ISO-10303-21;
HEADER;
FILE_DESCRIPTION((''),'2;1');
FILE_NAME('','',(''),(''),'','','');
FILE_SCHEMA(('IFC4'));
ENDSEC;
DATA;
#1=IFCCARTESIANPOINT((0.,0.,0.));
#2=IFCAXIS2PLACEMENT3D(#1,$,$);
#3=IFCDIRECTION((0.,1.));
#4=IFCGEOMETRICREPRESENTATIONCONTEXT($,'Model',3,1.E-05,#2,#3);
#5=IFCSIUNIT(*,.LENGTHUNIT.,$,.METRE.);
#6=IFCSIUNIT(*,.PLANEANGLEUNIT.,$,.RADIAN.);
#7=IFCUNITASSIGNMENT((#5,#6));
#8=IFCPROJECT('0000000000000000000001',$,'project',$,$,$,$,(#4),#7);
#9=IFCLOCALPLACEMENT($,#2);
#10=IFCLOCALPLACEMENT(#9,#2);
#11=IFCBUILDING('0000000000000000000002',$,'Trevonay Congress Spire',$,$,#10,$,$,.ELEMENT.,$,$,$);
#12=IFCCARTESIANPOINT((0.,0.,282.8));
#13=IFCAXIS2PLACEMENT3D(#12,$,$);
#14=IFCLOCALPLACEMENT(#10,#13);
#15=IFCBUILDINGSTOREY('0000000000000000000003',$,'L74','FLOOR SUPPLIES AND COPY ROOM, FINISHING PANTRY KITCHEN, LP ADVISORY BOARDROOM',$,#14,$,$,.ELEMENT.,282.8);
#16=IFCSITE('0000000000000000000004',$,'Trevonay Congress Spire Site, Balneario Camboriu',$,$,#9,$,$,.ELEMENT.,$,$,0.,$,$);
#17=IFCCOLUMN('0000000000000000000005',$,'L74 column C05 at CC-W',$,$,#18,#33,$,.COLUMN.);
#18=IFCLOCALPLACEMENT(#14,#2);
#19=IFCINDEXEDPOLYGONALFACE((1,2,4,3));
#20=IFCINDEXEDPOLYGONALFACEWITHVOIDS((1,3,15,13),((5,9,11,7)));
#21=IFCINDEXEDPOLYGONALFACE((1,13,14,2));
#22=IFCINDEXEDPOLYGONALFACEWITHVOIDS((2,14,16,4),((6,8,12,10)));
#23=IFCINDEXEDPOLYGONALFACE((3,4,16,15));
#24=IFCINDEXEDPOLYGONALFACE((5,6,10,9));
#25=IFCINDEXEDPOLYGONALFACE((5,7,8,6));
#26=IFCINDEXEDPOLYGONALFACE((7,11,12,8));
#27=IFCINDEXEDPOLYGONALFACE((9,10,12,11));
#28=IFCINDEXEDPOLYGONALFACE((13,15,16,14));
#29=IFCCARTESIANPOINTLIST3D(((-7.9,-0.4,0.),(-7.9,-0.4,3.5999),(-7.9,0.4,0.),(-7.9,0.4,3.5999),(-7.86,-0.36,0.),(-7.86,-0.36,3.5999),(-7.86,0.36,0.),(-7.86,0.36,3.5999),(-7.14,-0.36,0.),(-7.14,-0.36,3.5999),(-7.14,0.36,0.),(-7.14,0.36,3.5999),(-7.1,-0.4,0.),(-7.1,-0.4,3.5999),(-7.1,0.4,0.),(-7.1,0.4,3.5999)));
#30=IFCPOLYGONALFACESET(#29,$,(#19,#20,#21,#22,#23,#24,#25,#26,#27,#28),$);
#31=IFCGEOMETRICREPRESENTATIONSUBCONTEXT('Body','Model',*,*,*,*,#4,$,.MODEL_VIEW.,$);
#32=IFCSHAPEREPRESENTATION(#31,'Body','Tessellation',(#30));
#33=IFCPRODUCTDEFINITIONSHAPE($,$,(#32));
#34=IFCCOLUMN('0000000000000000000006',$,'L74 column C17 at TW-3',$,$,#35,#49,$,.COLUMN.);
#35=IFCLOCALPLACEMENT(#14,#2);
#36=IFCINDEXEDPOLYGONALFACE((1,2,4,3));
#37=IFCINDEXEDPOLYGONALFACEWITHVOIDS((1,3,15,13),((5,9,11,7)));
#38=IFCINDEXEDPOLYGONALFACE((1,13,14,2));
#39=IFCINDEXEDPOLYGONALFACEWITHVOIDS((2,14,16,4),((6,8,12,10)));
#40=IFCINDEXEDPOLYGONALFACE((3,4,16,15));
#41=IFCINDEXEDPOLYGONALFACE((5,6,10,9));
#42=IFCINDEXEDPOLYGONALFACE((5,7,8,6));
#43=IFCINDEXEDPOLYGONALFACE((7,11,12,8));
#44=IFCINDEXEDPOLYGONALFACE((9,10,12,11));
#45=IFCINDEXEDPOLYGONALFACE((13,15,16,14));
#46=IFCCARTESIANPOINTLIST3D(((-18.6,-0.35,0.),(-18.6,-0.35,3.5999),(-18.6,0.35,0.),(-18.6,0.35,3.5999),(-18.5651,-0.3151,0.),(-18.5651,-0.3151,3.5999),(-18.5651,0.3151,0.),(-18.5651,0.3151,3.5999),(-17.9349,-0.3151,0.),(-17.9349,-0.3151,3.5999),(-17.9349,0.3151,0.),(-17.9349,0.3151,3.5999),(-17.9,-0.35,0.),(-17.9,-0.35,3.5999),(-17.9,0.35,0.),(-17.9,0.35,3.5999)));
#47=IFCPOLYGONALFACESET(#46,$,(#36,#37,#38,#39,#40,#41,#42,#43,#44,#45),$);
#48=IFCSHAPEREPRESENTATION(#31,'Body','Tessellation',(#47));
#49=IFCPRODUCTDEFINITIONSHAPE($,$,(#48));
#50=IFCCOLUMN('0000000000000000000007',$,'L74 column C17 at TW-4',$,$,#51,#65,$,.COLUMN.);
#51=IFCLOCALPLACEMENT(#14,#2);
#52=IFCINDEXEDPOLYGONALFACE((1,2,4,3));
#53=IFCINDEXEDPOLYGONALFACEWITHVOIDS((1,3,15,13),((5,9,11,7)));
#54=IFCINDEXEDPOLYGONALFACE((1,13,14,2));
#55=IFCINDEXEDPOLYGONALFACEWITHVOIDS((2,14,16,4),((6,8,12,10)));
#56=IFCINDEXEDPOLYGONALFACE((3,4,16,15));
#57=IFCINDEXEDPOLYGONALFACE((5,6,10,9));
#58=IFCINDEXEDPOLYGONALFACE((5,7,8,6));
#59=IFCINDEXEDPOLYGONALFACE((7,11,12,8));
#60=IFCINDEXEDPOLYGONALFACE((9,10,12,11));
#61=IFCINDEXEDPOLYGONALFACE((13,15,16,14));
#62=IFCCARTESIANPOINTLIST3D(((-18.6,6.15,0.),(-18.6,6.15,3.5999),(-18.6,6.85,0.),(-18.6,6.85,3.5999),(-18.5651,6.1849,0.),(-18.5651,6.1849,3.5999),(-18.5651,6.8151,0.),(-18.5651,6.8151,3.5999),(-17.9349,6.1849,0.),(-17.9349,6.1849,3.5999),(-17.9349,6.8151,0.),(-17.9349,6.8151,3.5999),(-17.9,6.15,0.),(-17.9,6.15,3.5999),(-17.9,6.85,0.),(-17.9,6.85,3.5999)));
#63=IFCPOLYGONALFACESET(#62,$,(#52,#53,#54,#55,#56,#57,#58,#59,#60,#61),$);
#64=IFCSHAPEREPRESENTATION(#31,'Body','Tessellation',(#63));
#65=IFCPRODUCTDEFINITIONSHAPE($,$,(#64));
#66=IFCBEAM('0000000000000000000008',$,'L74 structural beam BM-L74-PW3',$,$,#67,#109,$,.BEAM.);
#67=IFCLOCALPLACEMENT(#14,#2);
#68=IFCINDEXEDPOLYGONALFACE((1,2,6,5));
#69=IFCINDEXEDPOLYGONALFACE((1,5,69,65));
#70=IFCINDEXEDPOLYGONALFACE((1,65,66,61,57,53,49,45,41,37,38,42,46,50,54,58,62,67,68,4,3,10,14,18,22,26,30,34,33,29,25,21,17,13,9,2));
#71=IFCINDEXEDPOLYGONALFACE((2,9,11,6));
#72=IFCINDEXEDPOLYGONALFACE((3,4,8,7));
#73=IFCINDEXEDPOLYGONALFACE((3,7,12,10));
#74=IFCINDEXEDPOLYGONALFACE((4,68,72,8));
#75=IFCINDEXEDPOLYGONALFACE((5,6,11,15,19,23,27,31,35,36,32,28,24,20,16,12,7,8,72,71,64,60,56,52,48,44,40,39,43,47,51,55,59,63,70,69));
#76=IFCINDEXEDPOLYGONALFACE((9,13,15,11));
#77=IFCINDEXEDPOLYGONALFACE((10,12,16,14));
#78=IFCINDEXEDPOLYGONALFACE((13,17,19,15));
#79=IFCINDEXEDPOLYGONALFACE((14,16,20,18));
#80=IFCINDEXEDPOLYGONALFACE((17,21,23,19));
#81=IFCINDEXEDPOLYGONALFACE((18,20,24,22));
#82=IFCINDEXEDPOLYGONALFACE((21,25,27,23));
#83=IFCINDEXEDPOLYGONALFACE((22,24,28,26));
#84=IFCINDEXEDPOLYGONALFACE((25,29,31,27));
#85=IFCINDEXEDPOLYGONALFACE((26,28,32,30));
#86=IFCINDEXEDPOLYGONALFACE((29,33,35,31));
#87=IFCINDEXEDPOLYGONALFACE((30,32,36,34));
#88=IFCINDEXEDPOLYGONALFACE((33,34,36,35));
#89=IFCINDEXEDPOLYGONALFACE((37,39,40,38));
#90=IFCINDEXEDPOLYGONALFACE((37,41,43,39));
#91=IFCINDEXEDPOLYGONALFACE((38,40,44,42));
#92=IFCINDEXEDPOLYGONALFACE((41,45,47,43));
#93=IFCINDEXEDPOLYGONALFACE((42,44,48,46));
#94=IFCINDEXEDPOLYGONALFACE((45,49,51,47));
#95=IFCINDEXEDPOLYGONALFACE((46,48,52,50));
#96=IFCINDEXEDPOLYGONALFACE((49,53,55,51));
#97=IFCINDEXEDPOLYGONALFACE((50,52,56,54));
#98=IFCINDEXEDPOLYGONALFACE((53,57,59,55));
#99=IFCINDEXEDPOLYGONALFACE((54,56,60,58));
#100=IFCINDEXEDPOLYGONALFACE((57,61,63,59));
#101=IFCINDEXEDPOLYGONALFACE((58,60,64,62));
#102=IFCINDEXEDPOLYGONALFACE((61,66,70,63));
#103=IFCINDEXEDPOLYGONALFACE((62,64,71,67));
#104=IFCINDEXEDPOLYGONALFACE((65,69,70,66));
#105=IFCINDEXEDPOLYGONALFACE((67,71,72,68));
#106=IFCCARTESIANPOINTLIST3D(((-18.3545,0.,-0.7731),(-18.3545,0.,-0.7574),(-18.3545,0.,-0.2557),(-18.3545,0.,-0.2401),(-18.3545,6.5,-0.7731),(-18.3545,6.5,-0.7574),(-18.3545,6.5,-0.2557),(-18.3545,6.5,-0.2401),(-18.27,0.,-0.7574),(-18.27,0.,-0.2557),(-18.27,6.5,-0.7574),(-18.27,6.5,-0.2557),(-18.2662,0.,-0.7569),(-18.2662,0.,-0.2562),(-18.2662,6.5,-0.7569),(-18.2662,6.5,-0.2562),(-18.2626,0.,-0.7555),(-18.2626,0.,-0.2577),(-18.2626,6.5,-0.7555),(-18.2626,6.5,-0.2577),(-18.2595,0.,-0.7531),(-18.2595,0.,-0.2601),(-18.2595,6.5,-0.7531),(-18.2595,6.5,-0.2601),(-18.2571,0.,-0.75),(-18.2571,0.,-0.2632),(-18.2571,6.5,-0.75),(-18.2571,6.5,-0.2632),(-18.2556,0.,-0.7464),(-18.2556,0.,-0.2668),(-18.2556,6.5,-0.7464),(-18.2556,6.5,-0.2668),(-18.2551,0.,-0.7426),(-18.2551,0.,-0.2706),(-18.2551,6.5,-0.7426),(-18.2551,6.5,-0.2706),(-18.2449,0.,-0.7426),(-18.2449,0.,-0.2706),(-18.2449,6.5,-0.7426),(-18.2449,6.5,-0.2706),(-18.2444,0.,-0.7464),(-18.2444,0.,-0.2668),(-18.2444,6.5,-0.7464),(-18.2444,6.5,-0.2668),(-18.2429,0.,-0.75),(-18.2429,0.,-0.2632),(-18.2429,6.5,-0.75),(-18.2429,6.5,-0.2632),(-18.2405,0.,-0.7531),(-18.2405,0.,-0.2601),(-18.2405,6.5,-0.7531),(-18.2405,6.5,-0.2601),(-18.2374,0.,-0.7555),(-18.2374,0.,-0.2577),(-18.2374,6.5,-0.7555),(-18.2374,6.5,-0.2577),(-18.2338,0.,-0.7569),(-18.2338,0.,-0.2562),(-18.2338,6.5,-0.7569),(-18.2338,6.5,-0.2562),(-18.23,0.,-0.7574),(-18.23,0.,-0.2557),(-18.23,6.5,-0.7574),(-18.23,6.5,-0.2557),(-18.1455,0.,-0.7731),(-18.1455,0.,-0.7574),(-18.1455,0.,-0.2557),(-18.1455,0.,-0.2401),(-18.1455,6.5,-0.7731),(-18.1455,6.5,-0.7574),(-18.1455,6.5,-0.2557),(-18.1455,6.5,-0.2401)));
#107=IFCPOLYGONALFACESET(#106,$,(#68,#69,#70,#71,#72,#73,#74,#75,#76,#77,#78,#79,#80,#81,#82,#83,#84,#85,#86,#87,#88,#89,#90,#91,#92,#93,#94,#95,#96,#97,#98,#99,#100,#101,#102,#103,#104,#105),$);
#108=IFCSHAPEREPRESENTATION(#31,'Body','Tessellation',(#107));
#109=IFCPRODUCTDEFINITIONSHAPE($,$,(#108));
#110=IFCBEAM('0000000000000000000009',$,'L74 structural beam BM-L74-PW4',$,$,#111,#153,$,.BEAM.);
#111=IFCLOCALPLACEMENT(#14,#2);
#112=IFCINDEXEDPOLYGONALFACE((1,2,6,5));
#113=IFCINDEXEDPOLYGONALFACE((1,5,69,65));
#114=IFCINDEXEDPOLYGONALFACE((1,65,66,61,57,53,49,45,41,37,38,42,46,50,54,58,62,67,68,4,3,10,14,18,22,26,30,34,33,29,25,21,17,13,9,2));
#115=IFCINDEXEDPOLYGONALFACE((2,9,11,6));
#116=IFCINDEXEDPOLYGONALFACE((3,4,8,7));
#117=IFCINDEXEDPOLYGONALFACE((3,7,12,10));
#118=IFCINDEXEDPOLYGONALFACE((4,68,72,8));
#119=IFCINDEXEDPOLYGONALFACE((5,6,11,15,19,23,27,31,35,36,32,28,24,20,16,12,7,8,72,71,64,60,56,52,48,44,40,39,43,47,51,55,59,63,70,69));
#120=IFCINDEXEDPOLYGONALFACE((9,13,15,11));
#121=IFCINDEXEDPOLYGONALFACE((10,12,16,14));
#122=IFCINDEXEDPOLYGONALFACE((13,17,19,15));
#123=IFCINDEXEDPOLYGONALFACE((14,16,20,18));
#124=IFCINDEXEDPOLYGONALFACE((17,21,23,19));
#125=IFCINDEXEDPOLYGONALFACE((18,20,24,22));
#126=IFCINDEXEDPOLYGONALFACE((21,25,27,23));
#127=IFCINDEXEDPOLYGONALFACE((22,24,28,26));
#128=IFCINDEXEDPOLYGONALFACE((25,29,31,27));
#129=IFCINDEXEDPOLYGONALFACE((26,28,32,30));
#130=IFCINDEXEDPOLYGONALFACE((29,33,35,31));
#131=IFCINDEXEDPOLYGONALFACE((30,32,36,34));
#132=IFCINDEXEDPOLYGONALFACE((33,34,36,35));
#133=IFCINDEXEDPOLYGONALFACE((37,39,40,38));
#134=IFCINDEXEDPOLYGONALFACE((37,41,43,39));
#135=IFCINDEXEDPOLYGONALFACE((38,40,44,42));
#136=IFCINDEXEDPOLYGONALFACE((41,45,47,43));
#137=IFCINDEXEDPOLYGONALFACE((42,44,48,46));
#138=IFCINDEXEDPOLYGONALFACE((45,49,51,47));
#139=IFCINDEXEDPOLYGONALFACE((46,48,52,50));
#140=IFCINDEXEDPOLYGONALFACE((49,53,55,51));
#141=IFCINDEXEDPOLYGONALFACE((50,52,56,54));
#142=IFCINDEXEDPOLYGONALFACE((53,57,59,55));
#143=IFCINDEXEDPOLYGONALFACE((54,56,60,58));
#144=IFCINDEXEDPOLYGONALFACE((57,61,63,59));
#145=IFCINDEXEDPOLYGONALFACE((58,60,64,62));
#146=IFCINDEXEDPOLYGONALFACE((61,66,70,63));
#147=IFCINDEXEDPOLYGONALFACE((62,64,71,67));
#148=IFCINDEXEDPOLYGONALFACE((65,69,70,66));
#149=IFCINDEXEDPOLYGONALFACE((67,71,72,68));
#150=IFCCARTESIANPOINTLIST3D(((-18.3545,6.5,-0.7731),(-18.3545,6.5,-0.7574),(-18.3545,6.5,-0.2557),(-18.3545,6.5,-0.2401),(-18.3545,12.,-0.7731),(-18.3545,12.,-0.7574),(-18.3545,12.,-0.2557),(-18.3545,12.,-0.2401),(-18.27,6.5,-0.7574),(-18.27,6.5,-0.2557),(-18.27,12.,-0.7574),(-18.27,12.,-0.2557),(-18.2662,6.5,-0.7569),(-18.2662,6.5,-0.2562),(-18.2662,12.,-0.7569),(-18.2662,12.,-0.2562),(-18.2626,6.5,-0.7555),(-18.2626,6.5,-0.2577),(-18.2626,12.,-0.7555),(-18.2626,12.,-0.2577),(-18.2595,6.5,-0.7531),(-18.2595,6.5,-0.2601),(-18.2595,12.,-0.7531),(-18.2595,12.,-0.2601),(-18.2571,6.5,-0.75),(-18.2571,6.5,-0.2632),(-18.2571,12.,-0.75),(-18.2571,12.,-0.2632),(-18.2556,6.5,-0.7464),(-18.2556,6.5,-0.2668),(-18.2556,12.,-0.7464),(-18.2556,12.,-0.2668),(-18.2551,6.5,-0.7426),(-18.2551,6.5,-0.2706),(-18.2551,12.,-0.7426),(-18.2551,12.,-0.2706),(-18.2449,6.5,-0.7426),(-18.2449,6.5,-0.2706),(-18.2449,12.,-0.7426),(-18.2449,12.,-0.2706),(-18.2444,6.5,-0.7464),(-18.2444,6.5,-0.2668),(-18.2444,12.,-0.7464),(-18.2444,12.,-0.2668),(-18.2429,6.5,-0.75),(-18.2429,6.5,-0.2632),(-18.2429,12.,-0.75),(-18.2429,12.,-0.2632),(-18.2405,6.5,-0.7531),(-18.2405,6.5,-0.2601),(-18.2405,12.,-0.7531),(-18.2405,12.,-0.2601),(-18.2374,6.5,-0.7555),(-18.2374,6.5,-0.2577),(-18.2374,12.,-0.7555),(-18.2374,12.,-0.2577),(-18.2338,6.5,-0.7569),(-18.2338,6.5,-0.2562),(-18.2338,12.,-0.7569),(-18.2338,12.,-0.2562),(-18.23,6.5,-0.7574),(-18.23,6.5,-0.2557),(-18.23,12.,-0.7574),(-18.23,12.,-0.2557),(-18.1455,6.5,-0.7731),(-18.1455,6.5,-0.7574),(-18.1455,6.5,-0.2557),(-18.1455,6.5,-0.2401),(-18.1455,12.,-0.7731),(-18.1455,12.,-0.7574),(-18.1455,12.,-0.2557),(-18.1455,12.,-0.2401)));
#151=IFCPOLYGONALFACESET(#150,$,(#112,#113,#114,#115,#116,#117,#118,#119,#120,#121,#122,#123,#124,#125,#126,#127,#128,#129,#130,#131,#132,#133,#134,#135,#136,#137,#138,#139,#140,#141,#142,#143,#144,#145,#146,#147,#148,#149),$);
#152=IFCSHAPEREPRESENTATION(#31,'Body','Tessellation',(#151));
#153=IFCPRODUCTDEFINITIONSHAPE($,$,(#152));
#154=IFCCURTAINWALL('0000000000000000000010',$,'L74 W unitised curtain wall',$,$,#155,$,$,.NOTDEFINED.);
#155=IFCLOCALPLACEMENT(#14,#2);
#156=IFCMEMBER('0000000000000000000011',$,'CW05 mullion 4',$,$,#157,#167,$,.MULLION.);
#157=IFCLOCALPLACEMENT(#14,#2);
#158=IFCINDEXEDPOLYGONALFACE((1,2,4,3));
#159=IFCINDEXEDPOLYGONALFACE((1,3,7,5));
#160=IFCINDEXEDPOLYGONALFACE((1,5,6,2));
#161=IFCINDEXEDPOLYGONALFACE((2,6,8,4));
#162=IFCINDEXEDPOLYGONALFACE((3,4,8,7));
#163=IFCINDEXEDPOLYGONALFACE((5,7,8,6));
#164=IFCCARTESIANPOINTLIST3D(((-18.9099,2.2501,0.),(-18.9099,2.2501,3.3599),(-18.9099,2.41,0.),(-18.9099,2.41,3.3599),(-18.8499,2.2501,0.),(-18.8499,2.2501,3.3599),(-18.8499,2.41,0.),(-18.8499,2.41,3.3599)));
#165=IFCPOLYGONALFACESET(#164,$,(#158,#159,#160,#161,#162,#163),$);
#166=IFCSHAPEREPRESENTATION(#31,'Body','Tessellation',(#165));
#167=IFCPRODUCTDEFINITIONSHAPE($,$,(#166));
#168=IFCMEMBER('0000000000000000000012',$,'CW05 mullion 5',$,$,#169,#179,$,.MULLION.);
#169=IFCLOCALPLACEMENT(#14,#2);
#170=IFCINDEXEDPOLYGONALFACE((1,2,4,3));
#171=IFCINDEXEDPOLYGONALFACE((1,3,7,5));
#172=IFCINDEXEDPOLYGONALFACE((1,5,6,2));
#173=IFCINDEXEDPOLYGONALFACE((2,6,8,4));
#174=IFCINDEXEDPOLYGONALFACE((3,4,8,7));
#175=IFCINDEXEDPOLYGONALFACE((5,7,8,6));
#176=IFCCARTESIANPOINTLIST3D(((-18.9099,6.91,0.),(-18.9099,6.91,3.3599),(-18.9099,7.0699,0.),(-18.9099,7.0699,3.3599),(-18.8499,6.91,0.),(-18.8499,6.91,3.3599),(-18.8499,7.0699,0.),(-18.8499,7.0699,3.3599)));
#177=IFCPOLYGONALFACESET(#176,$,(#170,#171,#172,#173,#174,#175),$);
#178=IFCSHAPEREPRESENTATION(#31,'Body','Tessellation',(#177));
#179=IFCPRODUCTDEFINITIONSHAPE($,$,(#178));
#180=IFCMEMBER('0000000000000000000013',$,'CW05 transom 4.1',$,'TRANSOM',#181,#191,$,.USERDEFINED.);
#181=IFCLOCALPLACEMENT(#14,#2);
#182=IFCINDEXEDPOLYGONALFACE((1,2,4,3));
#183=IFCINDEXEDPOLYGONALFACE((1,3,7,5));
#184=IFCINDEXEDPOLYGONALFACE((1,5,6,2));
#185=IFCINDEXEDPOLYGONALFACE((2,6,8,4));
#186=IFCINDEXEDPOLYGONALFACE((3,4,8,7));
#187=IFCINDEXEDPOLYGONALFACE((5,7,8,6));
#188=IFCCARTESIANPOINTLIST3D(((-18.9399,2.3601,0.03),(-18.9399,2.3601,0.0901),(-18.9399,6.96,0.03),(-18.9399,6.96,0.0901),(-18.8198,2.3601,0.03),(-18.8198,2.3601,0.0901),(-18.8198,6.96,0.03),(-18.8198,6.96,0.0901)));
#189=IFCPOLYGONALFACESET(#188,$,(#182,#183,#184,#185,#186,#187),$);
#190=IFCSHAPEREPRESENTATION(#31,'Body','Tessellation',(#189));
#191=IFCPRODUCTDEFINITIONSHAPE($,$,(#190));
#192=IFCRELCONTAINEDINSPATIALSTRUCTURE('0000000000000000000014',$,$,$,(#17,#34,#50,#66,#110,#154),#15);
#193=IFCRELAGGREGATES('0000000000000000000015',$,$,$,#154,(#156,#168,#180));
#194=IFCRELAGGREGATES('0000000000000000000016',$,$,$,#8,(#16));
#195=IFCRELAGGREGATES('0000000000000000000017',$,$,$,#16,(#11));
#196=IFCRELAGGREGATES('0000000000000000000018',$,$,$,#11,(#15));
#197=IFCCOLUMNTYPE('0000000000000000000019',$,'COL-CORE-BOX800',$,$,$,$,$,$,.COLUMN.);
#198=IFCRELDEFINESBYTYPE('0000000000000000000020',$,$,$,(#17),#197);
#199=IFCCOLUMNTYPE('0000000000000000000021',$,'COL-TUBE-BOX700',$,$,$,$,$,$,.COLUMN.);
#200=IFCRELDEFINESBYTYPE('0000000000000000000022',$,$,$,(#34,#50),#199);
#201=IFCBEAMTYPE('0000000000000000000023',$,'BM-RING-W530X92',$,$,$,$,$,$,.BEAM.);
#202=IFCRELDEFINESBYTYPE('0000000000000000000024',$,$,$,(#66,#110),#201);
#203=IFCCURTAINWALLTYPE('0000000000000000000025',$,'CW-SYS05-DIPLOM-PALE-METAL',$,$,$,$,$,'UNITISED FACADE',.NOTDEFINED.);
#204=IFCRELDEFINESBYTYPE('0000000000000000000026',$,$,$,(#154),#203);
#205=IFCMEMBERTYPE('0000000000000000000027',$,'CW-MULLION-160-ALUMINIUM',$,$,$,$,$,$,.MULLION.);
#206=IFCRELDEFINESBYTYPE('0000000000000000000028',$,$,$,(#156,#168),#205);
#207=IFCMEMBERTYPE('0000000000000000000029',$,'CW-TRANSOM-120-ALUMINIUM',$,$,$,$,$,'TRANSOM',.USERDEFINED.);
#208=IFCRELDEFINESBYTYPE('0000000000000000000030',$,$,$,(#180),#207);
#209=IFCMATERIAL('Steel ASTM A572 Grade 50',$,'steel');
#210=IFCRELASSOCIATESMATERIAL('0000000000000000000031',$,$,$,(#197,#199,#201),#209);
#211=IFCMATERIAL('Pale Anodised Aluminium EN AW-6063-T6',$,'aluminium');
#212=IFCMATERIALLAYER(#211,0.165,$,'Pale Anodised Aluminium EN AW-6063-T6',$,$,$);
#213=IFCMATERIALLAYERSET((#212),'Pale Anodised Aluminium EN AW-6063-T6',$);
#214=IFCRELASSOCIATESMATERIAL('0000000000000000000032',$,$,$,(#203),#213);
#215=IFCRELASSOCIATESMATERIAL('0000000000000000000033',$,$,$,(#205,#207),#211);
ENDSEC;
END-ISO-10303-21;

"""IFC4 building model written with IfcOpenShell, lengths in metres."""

from ifc_helpers import new_model, si_unit, direction, frame, origin, origin_2d, place, context, subcontext, project, spatial, rectangle, hollow_rectangle, i_section, extrude, material, layer, layer_set, material_profile, profile_set, type_object, element, aggregate, save


model = new_model("IFC4")

# Units and contexts
model_context = context("Model", 3, precision=1e-05, world=origin(), true_north=direction((0.0, 1.0)))
body_context = subcontext(model_context, "Body", "Model", "MODEL_VIEW")
ifc_project = project(units=[si_unit("LENGTHUNIT", "METRE"), si_unit("PLANEANGLEUNIT", "RADIAN")], contexts=[model_context])

# Site, building, storey
site_placement = place(None, origin())
site = spatial("IfcSite", under=ifc_project, at=site_placement, Name="Trevonay Congress Spire Site, Balneario Camboriu", CompositionType="ELEMENT", RefElevation=0.0)
building_placement = place(site_placement, origin())
building = spatial("IfcBuilding", under=site, at=building_placement, Name="Trevonay Congress Spire", CompositionType="ELEMENT")
storey_placement = place(building_placement, frame((0.0, 0.0, 282.8)))
storey = spatial("IfcBuildingStorey", under=building, at=storey_placement, Name="L74", Description="FLOOR SUPPLIES AND COPY ROOM, FINISHING PANTRY KITCHEN, LP ADVISORY BOARDROOM", CompositionType="ELEMENT", Elevation=282.8)

# Columns
ifc_material_1 = material(Name="Steel ASTM A572 Grade 50", Category="steel")
ifc_material_profile_1 = material_profile(ifc_material_1, hollow_rectangle(XDim=0.8, YDim=0.8, WallThickness=0.04, at=origin_2d()), Name="BOX 800x800x40")
ifc_profile_set_1 = profile_set([ifc_material_profile_1], Name="Steel ASTM A572 Grade 50")
column_type_1 = type_object("IfcColumnType", Name="COL-CORE-BOX800", PredefinedType="COLUMN", material=ifc_profile_set_1)
column_placement = place(storey_placement, frame((-7.5, 0.0, 0.0), z_axis=(0.0, 0.0, 1.0), x_axis=(1.0, 0.0, 0.0)))
element("IfcColumn", 1, at=column_placement, inside=storey, type_object=column_type_1, Name="L74 column C05 at CC-W", PredefinedType="COLUMN", context=body_context, shape_type="SweptSolid", body=[
    extrude(hollow_rectangle(XDim=0.8, YDim=0.8, WallThickness=0.04, at=origin_2d()), origin(), (0.0, 0.0, 1.0), 3.5999),
])
ifc_material_profile_2 = material_profile(ifc_material_1, hollow_rectangle(XDim=0.7, YDim=0.7, WallThickness=0.0349, at=origin_2d()), Name="BOX 700x700x35")
ifc_profile_set_2 = profile_set([ifc_material_profile_2], Name="Steel ASTM A572 Grade 50")
column_type_2 = type_object("IfcColumnType", Name="COL-TUBE-BOX700", PredefinedType="COLUMN", material=ifc_profile_set_2)
for number, where, z_axis, x_axis, name in (
    (2, (-18.25, 0.0, 0.0), (0.0, 0.0, 1.0), (1.0, 0.0, 0.0), "L74 column C17 at TW-3"),
    (3, (-18.25, 6.5, 0.0), (0.0, 0.0, 1.0), (1.0, 0.0, 0.0), "L74 column C17 at TW-4"),
):
    element("IfcColumn", number, at=place(storey_placement, frame(where, z_axis=z_axis, x_axis=x_axis)), inside=storey, type_object=column_type_2, Name=name, PredefinedType="COLUMN", context=body_context, shape_type="SweptSolid", body=[
        extrude(hollow_rectangle(XDim=0.7, YDim=0.7, WallThickness=0.0349, at=origin_2d()), origin(), (0.0, 0.0, 1.0), 3.5999),
    ])

# Beams
ifc_material_profile_3 = material_profile(ifc_material_1, i_section(OverallWidth=0.209, OverallDepth=0.533, WebThickness=0.0103, FlangeThickness=0.0156, FilletRadius=0.0149, at=origin_2d()), Name="W530x92")
ifc_profile_set_3 = profile_set([ifc_material_profile_3], Name="Steel ASTM A572 Grade 50")
beam_type = type_object("IfcBeamType", Name="BM-RING-W530X92", PredefinedType="BEAM", material=ifc_profile_set_3)
beam_1_placement = place(storey_placement, frame((-18.25, 0.0, -0.5066), z_axis=(0.0, 1.0, 0.0), x_axis=(-1.0, 0.0, 0.0)))
element("IfcBeam", 4, at=beam_1_placement, inside=storey, type_object=beam_type, Name="L74 structural beam BM-L74-PW3", PredefinedType="BEAM", context=body_context, shape_type="SweptSolid", body=[
    extrude(i_section(OverallWidth=0.209, OverallDepth=0.533, WebThickness=0.0103, FlangeThickness=0.0156, FilletRadius=0.0149, at=origin_2d()), origin(), (0.0, 0.0, 1.0), 6.5),
])
beam_2_placement = place(storey_placement, frame((-18.25, 6.5, -0.5066), z_axis=(0.0, 1.0, 0.0), x_axis=(-1.0, 0.0, 0.0)))
element("IfcBeam", 5, at=beam_2_placement, inside=storey, type_object=beam_type, Name="L74 structural beam BM-L74-PW4", PredefinedType="BEAM", context=body_context, shape_type="SweptSolid", body=[
    extrude(i_section(OverallWidth=0.209, OverallDepth=0.533, WebThickness=0.0103, FlangeThickness=0.0156, FilletRadius=0.0149, at=origin_2d()), origin(), (0.0, 0.0, 1.0), 5.5),
])

# Curtain wall, members
ifc_material_2 = material(Name="Pale Anodised Aluminium EN AW-6063-T6", Category="aluminium")
ifc_layer_1 = layer(ifc_material_2, 0.165, Name="Pale Anodised Aluminium EN AW-6063-T6")
ifc_layer_set_1 = layer_set([ifc_layer_1], Name="Pale Anodised Aluminium EN AW-6063-T6")
curtain_wall_type = type_object("IfcCurtainWallType", Name="CW-SYS05-DIPLOM-PALE-METAL", ElementType="UNITISED FACADE", PredefinedType="NOTDEFINED", material=ifc_layer_set_1)
curtain_wall_placement = place(storey_placement, origin())
curtain_wall = element("IfcCurtainWall", 6, at=curtain_wall_placement, inside=storey, type_object=curtain_wall_type, Name="L74 W unitised curtain wall", PredefinedType="NOTDEFINED")
ifc_material_profile_4 = material_profile(ifc_material_2, rectangle(XDim=0.0601, YDim=0.1599, at=origin_2d()), Name="CW-MULLION-160-ALUMINIUM")
ifc_profile_set_4 = profile_set([ifc_material_profile_4], Name="Pale Anodised Aluminium EN AW-6063-T6")
member_type_1 = type_object("IfcMemberType", Name="CW-MULLION-160-ALUMINIUM", PredefinedType="MULLION", material=ifc_profile_set_4)
member_1_placement = place(storey_placement, frame((-18.8799, 2.3301, 0.0), z_axis=(0.0, 0.0, 1.0), x_axis=(-1.0, 0.0, 0.0)))
member_1 = element("IfcMember", 7, at=member_1_placement, type_object=member_type_1, Name="CW05 mullion 4", PredefinedType="MULLION", context=body_context, shape_type="SweptSolid", body=[
    extrude(rectangle(XDim=0.0601, YDim=0.1599, at=origin_2d()), origin(), (0.0, 0.0, 1.0), 3.3599),
])
member_2_placement = place(storey_placement, frame((-18.8799, 6.99, 0.0), z_axis=(0.0, 0.0, 1.0), x_axis=(-1.0, 0.0, 0.0)))
member_2 = element("IfcMember", 8, at=member_2_placement, type_object=member_type_1, Name="CW05 mullion 5", PredefinedType="MULLION", context=body_context, shape_type="SweptSolid", body=[
    extrude(rectangle(XDim=0.0601, YDim=0.1599, at=origin_2d()), origin(), (0.0, 0.0, 1.0), 3.3599),
])
ifc_material_profile_5 = material_profile(ifc_material_2, rectangle(XDim=0.1201, YDim=0.0601, at=origin_2d()), Name="CW-TRANSOM-120-ALUMINIUM")
ifc_profile_set_5 = profile_set([ifc_material_profile_5], Name="Pale Anodised Aluminium EN AW-6063-T6")
member_type_2 = type_object("IfcMemberType", Name="CW-TRANSOM-120-ALUMINIUM", ElementType="TRANSOM", PredefinedType="USERDEFINED", material=ifc_profile_set_5)
member_3_placement = place(storey_placement, frame((-18.8799, 2.3601, 0.0601), z_axis=(0.0, 1.0, 0.0), x_axis=(-1.0, 0.0, 0.0)))
member_3 = element("IfcMember", 9, at=member_3_placement, type_object=member_type_2, Name="CW05 transom 4.1", ObjectType="TRANSOM", PredefinedType="USERDEFINED", context=body_context, shape_type="SweptSolid", body=[
    extrude(rectangle(XDim=0.1201, YDim=0.0601, at=origin_2d()), origin(), (0.0, 0.0, 1.0), 4.5999),
])
aggregate(curtain_wall, [member_1, member_2, member_3])

save(model, "model.ifc")
